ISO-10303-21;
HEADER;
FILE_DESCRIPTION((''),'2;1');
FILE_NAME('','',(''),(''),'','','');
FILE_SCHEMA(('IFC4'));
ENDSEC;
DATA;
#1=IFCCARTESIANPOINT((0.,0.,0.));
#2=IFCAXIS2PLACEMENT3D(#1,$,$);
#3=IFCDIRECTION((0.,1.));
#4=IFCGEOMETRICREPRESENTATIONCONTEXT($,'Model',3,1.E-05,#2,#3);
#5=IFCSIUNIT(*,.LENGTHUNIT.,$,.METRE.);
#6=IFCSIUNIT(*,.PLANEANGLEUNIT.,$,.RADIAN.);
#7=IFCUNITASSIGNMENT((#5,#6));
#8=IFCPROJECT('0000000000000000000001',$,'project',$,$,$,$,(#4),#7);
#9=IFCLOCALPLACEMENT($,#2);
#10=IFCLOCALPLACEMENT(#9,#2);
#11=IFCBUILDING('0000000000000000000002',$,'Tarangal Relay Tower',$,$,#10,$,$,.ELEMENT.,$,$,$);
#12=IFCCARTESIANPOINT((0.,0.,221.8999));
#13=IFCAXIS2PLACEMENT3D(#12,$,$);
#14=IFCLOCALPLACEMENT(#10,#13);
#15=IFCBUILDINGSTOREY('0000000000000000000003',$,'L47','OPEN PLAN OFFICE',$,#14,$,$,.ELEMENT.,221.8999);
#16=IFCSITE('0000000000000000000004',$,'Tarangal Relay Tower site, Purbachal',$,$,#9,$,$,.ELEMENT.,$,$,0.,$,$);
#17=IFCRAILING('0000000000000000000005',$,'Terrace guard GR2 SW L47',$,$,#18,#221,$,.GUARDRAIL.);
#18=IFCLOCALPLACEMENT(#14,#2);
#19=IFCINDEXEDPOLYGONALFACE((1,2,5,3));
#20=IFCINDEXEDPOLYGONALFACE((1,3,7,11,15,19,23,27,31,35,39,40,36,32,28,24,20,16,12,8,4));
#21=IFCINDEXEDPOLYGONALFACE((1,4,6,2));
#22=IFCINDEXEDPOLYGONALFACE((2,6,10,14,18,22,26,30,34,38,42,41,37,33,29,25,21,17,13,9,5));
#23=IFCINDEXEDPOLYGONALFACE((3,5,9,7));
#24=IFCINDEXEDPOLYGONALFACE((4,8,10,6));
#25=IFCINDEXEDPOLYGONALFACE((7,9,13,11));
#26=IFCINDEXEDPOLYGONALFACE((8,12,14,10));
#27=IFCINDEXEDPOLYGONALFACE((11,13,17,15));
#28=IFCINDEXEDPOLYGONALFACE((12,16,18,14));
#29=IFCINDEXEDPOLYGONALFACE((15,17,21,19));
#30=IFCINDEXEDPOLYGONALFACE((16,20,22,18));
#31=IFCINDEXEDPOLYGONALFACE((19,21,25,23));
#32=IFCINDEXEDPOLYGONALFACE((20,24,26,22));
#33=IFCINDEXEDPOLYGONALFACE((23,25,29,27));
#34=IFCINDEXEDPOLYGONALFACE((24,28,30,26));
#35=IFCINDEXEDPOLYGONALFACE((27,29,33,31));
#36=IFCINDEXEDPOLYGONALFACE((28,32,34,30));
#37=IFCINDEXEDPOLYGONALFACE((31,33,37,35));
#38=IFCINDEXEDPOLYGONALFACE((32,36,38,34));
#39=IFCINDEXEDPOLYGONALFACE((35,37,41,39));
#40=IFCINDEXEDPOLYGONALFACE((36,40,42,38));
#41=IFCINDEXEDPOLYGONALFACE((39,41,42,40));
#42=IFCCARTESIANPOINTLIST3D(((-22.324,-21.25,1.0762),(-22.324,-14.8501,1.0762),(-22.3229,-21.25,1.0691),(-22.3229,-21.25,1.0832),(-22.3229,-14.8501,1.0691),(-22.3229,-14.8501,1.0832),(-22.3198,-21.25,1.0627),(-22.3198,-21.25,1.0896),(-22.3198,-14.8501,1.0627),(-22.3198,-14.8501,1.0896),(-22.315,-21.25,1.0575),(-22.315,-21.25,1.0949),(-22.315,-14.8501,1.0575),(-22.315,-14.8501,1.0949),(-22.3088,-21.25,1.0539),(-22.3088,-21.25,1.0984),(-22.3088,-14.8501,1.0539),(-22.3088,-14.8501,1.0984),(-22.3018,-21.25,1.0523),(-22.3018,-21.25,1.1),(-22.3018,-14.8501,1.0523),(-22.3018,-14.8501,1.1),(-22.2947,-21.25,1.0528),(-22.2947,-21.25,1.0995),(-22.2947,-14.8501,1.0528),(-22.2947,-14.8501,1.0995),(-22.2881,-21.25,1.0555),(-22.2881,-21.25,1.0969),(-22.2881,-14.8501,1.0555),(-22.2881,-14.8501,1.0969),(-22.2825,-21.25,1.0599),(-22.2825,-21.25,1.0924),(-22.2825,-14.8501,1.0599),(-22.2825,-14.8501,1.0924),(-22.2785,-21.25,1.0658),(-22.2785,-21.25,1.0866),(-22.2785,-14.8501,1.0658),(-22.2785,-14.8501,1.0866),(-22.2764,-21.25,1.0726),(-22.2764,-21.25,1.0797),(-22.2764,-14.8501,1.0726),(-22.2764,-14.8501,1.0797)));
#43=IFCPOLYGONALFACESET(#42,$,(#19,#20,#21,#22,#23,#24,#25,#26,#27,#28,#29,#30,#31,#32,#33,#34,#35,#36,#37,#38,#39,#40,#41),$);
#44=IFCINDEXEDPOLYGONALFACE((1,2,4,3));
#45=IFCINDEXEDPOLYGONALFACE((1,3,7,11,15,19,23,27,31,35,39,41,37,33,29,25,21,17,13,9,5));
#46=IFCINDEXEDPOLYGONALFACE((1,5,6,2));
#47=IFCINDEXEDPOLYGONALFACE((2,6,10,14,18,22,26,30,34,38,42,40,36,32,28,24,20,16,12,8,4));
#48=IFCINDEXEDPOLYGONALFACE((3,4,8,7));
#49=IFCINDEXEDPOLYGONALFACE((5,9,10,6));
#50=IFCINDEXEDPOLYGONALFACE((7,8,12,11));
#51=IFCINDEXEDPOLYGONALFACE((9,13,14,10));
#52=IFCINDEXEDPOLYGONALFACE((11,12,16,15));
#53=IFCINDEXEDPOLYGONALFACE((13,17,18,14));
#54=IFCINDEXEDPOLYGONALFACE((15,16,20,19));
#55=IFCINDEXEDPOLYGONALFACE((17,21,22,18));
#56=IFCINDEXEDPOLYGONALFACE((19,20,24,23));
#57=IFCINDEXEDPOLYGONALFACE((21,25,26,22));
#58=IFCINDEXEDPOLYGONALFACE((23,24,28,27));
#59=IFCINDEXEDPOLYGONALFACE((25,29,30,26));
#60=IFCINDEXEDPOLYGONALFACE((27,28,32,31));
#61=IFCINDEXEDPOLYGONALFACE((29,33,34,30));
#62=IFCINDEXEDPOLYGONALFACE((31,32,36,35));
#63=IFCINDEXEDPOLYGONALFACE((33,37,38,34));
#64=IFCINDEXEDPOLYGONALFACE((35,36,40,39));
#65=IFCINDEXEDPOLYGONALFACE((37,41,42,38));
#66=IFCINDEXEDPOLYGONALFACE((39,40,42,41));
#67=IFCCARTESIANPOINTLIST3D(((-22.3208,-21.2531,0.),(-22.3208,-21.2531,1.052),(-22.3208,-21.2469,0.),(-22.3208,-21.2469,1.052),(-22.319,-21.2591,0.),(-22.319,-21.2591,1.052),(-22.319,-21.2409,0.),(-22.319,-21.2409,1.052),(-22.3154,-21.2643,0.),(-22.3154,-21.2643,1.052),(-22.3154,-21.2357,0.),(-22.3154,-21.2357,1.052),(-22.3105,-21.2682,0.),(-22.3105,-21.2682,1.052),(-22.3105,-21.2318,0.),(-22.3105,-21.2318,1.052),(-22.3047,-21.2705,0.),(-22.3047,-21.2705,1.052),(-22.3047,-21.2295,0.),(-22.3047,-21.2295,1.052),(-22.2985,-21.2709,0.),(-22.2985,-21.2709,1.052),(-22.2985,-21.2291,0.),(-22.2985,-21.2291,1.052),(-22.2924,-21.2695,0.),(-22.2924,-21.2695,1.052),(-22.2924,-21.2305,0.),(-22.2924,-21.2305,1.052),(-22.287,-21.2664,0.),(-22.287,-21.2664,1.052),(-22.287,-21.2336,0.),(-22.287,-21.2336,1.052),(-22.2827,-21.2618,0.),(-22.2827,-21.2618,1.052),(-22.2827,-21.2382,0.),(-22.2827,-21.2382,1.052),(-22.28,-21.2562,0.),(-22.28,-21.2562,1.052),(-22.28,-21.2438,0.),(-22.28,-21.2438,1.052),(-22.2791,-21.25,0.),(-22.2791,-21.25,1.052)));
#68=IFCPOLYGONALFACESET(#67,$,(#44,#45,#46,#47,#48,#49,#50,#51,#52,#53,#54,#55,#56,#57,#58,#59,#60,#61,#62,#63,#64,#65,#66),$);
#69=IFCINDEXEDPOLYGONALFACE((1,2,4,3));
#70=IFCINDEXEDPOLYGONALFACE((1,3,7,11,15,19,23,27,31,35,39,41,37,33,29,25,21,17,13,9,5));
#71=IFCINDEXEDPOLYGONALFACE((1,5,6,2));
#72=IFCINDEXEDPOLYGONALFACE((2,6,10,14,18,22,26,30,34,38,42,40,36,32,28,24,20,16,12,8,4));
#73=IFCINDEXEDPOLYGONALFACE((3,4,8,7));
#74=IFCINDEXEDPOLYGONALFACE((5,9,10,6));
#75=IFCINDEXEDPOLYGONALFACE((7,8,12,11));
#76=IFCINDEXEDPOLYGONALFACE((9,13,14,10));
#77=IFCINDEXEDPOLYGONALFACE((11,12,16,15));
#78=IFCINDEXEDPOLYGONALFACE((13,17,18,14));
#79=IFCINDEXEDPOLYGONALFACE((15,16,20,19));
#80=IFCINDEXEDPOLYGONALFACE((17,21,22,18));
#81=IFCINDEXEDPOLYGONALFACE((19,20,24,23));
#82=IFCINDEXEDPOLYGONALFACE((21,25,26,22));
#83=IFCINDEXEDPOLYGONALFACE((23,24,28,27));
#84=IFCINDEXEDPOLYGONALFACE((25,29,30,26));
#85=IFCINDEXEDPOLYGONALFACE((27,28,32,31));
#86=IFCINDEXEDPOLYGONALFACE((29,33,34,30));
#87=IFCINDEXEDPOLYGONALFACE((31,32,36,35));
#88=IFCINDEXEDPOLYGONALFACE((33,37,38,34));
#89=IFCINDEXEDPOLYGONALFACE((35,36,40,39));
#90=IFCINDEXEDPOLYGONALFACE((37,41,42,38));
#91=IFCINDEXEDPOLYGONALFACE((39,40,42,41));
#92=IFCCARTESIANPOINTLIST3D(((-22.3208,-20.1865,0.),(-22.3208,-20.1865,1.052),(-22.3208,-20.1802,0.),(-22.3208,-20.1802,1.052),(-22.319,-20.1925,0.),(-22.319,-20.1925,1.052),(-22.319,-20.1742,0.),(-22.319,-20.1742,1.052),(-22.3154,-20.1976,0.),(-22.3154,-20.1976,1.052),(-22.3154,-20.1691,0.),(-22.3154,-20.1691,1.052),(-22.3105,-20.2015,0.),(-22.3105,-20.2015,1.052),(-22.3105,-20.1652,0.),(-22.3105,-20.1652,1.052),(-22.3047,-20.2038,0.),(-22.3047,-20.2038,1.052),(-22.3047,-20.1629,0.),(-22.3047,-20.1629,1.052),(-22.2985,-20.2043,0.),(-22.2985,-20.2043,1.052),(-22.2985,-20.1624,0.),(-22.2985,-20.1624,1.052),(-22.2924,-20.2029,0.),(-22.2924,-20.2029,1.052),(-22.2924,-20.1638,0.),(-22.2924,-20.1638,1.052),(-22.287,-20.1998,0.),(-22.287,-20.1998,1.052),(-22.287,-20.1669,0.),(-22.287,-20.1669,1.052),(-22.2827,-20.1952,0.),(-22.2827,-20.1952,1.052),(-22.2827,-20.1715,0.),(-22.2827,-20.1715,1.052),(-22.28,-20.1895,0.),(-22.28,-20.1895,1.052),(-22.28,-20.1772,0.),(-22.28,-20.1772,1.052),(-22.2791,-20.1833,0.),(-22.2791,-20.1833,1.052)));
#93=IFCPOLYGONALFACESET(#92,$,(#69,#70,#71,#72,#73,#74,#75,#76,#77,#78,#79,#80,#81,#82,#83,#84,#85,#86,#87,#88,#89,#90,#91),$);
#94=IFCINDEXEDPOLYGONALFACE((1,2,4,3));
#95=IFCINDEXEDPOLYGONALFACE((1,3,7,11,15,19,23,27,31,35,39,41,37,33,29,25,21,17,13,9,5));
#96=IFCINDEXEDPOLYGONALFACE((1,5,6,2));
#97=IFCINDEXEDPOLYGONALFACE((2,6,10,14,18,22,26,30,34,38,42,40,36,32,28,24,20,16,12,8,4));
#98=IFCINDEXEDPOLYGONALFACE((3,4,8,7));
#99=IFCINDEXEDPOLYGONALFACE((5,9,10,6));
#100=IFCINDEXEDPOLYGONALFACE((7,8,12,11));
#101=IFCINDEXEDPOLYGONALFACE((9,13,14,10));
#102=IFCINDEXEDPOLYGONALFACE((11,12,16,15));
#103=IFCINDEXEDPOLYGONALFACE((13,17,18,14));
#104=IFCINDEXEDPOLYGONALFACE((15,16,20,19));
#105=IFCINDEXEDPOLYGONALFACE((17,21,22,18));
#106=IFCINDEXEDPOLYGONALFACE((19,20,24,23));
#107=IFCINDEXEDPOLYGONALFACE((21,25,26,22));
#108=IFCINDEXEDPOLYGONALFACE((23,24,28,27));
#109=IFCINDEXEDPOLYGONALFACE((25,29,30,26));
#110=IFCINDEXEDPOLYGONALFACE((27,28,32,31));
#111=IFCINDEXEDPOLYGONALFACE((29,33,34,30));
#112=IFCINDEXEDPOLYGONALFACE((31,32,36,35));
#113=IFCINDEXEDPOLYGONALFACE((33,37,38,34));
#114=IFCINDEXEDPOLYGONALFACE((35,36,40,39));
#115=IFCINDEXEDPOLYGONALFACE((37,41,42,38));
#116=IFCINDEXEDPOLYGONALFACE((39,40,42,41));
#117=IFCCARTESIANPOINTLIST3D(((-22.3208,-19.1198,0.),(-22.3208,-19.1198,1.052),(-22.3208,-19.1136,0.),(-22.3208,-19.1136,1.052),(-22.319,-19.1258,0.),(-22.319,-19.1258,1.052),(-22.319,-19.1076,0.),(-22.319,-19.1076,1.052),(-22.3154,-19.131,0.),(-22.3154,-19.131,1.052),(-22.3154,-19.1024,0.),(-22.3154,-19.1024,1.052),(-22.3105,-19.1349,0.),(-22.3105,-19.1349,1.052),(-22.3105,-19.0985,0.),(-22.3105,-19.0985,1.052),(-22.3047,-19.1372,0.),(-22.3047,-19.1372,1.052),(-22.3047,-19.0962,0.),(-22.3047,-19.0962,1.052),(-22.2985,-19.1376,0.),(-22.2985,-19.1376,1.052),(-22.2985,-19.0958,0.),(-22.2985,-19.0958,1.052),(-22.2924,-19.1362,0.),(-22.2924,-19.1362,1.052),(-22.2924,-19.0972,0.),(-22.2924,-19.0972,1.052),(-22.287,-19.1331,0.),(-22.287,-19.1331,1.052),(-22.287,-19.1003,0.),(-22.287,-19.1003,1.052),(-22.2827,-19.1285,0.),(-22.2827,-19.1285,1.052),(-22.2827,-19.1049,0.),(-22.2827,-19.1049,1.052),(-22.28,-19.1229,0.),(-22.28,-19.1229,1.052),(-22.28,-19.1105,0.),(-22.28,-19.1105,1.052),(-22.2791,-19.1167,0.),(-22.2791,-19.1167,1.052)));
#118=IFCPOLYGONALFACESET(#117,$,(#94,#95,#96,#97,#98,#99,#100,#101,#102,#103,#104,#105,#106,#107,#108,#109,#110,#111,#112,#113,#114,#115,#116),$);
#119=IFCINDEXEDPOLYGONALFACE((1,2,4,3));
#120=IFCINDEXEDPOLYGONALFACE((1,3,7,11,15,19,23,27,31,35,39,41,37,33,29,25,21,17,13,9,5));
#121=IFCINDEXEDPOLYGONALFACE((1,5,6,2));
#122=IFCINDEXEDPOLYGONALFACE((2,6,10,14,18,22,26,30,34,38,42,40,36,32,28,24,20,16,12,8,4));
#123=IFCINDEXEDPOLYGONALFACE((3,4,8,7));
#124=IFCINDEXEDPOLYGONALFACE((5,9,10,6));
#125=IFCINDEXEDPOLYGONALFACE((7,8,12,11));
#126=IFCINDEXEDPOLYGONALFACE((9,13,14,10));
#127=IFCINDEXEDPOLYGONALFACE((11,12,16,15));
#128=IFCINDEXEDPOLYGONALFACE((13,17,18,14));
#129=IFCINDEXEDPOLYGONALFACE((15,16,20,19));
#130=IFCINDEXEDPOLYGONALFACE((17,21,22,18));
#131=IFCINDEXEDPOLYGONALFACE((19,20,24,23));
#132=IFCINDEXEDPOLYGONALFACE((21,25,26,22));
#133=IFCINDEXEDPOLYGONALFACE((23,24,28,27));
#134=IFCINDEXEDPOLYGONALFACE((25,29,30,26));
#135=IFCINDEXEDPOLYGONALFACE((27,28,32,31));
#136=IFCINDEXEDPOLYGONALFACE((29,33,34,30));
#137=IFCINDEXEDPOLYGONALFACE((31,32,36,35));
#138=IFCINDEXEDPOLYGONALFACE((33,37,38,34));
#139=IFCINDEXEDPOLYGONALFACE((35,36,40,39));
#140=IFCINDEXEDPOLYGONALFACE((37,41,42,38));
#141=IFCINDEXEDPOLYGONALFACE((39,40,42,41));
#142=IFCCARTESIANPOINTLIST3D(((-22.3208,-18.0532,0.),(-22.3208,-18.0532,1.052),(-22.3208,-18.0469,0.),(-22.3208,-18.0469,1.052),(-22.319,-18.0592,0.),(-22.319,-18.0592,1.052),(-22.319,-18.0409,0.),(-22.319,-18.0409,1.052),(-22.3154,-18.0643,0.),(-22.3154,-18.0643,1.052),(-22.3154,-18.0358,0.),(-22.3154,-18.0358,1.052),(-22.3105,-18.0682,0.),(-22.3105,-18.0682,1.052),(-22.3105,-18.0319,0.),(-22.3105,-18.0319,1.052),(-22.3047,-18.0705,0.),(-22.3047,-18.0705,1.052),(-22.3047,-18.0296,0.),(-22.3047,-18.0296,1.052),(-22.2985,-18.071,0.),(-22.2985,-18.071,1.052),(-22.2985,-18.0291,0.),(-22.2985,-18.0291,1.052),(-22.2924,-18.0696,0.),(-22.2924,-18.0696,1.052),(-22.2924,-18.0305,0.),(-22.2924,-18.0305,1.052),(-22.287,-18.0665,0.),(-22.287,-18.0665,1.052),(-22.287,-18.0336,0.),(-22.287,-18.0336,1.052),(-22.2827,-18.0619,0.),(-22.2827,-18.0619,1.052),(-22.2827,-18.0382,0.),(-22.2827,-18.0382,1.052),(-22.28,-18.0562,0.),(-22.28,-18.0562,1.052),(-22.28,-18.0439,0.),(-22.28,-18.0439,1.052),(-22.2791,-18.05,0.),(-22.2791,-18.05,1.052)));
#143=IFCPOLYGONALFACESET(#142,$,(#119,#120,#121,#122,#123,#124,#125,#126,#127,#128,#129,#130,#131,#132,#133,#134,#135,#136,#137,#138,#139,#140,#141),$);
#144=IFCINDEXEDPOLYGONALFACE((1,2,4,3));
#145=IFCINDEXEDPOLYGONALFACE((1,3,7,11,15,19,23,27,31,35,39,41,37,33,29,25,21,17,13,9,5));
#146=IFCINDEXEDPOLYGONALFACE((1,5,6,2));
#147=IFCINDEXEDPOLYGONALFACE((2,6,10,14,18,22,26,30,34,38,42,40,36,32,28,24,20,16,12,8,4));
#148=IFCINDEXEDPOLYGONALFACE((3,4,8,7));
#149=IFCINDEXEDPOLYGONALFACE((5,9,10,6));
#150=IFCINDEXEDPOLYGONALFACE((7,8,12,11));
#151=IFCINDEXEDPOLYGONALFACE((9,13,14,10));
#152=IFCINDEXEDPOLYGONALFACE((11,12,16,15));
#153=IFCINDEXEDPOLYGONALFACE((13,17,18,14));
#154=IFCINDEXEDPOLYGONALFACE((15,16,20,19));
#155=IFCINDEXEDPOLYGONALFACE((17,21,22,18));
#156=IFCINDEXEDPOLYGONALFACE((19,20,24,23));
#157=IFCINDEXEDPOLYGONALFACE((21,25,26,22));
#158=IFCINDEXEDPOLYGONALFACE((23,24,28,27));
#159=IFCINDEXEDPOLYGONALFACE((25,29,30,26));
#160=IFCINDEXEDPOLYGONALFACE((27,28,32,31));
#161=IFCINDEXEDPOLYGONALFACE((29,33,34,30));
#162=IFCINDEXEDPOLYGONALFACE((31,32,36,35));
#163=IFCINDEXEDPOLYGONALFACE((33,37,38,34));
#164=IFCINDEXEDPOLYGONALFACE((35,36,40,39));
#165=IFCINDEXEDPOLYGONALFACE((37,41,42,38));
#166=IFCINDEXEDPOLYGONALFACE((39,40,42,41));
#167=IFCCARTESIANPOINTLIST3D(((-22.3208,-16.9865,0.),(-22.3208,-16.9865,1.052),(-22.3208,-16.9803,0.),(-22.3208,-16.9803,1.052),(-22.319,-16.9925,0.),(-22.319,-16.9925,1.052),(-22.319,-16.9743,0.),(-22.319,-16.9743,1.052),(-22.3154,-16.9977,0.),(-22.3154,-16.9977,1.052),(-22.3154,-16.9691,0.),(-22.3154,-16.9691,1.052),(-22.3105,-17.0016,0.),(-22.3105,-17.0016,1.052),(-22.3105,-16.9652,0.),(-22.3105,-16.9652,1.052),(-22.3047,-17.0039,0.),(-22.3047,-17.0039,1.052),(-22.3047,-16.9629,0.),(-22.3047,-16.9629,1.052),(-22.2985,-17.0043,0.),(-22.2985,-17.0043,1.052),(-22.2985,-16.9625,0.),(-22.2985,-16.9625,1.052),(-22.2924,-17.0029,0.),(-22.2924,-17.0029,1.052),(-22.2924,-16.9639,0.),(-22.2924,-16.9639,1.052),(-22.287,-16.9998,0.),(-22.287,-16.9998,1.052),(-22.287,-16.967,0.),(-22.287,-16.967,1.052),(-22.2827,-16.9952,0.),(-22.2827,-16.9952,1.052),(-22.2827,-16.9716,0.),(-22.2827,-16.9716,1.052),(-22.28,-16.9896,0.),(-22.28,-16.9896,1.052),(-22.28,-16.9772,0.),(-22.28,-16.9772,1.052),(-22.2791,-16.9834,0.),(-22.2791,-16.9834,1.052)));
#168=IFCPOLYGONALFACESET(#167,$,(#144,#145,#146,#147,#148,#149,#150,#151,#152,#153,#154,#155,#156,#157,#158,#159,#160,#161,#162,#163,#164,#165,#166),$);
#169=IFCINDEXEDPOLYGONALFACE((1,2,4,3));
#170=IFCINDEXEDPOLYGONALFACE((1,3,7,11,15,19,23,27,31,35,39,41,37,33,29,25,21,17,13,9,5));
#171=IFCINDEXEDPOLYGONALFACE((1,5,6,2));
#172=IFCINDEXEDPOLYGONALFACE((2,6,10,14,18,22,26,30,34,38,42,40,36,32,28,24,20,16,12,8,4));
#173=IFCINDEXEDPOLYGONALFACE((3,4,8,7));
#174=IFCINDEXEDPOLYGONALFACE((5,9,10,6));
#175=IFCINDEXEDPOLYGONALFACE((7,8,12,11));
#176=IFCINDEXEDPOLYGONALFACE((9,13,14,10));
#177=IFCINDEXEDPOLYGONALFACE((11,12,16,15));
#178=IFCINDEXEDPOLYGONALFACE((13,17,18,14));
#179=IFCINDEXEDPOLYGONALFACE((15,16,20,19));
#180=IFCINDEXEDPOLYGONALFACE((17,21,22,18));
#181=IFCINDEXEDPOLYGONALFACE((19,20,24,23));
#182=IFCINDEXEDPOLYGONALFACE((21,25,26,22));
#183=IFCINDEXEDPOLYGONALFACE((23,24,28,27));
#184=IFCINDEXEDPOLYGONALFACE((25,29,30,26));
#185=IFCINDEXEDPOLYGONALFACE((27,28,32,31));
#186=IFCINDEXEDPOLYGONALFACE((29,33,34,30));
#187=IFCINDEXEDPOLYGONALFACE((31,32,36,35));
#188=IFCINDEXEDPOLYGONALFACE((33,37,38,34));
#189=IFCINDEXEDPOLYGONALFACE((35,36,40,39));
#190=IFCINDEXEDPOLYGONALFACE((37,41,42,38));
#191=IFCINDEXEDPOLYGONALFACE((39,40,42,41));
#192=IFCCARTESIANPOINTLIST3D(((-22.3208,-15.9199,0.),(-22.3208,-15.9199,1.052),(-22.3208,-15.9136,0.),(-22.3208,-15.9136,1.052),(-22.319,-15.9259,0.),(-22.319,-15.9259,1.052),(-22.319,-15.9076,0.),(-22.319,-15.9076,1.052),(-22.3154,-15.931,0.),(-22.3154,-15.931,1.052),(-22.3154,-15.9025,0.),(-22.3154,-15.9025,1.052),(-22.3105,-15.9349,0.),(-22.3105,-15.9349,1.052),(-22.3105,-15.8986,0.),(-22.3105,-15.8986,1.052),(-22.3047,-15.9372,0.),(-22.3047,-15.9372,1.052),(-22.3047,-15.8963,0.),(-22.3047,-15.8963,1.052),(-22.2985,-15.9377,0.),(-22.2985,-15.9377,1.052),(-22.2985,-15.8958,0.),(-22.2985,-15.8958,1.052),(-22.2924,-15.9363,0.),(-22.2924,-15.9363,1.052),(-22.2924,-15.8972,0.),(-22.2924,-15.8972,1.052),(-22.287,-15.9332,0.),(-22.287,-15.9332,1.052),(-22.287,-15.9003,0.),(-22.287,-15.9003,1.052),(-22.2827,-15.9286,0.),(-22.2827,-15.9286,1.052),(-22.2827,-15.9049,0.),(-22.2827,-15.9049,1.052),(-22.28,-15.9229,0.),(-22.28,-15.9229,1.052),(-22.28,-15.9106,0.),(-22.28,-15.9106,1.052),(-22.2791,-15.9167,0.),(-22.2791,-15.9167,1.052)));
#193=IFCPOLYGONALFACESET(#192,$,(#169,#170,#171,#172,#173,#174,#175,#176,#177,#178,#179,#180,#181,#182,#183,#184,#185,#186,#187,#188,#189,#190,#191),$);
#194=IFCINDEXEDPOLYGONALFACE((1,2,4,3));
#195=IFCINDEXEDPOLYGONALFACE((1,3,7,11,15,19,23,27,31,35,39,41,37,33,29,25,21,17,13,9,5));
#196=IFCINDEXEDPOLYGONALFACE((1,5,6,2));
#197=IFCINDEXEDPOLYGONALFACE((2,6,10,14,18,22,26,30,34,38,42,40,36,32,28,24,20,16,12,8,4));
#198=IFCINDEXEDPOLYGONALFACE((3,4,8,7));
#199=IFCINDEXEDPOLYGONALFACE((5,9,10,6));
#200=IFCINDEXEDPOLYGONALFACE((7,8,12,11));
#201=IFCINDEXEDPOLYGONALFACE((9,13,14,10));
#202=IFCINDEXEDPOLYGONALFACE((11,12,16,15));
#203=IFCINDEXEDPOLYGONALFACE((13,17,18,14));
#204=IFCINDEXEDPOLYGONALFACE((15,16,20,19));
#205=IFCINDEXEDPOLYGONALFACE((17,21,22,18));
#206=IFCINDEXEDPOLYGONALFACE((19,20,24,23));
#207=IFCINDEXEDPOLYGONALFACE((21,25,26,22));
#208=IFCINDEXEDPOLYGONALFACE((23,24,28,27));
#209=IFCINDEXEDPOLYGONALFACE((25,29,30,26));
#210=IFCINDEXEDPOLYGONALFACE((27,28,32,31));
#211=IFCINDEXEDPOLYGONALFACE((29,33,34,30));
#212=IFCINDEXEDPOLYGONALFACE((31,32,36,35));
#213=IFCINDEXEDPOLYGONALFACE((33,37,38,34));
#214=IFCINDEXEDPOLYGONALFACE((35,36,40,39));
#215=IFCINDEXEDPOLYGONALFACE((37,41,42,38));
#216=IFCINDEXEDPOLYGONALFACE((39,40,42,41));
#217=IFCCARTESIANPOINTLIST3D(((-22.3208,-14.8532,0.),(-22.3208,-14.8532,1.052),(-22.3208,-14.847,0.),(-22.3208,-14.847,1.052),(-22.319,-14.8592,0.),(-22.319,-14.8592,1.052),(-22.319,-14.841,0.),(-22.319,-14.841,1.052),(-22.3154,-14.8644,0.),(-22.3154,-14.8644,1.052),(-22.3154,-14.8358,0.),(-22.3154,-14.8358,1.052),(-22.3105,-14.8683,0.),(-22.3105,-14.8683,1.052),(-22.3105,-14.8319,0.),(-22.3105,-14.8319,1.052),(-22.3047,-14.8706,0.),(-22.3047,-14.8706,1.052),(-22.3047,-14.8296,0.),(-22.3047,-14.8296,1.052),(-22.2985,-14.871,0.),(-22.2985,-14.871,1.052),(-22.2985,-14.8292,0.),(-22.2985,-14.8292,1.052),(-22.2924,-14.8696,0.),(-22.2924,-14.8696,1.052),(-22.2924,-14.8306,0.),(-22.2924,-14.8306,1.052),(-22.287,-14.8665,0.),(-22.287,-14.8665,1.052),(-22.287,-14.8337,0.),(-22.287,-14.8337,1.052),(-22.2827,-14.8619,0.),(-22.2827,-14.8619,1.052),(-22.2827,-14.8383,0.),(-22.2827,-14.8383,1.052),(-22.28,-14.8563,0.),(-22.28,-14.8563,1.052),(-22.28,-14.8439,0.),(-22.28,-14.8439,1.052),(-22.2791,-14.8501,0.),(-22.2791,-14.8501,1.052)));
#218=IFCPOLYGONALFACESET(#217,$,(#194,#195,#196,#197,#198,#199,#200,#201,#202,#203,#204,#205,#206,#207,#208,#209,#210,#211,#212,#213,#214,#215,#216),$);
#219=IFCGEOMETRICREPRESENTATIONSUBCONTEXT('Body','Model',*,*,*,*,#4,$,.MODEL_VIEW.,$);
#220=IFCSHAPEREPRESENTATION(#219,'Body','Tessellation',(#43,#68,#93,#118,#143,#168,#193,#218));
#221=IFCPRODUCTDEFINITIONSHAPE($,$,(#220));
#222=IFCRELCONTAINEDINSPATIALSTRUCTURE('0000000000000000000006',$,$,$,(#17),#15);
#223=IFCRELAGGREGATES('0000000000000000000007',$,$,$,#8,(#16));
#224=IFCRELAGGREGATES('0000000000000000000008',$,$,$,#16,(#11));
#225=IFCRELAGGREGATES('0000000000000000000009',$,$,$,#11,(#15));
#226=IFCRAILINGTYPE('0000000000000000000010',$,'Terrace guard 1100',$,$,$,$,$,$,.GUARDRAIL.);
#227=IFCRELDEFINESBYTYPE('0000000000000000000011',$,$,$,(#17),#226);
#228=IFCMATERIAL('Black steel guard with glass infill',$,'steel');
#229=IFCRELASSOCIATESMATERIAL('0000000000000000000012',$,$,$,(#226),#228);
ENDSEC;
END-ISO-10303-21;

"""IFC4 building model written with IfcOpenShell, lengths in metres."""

from ifc_helpers import new_model, si_unit, direction, frame, origin, origin_2d, place, context, subcontext, project, spatial, circle, extrude, material, type_object, element, save


model = new_model("IFC4")

# Units and contexts
model_context = context("Model", 3, precision=1e-05, world=origin(), true_north=direction((0.0, 1.0)))
body_context = subcontext(model_context, "Body", "Model", "MODEL_VIEW")
ifc_project = project(units=[si_unit("LENGTHUNIT", "METRE"), si_unit("PLANEANGLEUNIT", "RADIAN")], contexts=[model_context])

# Site, building, storey
site_placement = place(None, origin())
site = spatial("IfcSite", under=ifc_project, at=site_placement, Name="Tarangal Relay Tower site, Purbachal", CompositionType="ELEMENT", RefElevation=0.0)
building_placement = place(site_placement, origin())
building = spatial("IfcBuilding", under=site, at=building_placement, Name="Tarangal Relay Tower", CompositionType="ELEMENT")
storey_placement = place(building_placement, frame((0.0, 0.0, 221.8999)))
storey = spatial("IfcBuildingStorey", under=building, at=storey_placement, Name="L47", Description="OPEN PLAN OFFICE", CompositionType="ELEMENT", Elevation=221.8999)

# Railing
ifc_material_1 = material(Name="Black steel guard with glass infill", Category="steel")
railing_type = type_object("IfcRailingType", Name="Terrace guard 1100", PredefinedType="GUARDRAIL", material=ifc_material_1)
railing_1_placement = place(storey_placement, frame((-22.3, -21.25, 0.0)))
element("IfcRailing", 1, at=railing_1_placement, inside=storey, type_object=railing_type, Name="Terrace guard GR2 SW L47", PredefinedType="GUARDRAIL", context=body_context, shape_type="SweptSolid", body=[
    extrude(circle(Radius=0.0239, at=origin_2d()), frame((0.0, 0.0, 1.0762), z_axis=(0.0, 1.0, 0.0), x_axis=(-1.0, 0.0, 0.0)), (0.0, 0.0, 1.0), 6.3999),
    extrude(circle(Radius=0.021, at=origin_2d()), origin(), (0.0, 0.0, 1.0), 1.052),
    extrude(circle(Radius=0.021, at=origin_2d()), frame((0.0, 1.0667, 0.0)), (0.0, 0.0, 1.0), 1.052),
    extrude(circle(Radius=0.021, at=origin_2d()), frame((0.0, 2.1333, 0.0)), (0.0, 0.0, 1.0), 1.052),
    extrude(circle(Radius=0.021, at=origin_2d()), frame((0.0, 3.2, 0.0)), (0.0, 0.0, 1.0), 1.052),
    extrude(circle(Radius=0.021, at=origin_2d()), frame((0.0, 4.2666, 0.0)), (0.0, 0.0, 1.0), 1.052),
    extrude(circle(Radius=0.021, at=origin_2d()), frame((0.0, 5.3333, 0.0)), (0.0, 0.0, 1.0), 1.052),
    extrude(circle(Radius=0.021, at=origin_2d()), frame((0.0, 6.3999, 0.0)), (0.0, 0.0, 1.0), 1.052),
])

save(model, "model.ifc")
